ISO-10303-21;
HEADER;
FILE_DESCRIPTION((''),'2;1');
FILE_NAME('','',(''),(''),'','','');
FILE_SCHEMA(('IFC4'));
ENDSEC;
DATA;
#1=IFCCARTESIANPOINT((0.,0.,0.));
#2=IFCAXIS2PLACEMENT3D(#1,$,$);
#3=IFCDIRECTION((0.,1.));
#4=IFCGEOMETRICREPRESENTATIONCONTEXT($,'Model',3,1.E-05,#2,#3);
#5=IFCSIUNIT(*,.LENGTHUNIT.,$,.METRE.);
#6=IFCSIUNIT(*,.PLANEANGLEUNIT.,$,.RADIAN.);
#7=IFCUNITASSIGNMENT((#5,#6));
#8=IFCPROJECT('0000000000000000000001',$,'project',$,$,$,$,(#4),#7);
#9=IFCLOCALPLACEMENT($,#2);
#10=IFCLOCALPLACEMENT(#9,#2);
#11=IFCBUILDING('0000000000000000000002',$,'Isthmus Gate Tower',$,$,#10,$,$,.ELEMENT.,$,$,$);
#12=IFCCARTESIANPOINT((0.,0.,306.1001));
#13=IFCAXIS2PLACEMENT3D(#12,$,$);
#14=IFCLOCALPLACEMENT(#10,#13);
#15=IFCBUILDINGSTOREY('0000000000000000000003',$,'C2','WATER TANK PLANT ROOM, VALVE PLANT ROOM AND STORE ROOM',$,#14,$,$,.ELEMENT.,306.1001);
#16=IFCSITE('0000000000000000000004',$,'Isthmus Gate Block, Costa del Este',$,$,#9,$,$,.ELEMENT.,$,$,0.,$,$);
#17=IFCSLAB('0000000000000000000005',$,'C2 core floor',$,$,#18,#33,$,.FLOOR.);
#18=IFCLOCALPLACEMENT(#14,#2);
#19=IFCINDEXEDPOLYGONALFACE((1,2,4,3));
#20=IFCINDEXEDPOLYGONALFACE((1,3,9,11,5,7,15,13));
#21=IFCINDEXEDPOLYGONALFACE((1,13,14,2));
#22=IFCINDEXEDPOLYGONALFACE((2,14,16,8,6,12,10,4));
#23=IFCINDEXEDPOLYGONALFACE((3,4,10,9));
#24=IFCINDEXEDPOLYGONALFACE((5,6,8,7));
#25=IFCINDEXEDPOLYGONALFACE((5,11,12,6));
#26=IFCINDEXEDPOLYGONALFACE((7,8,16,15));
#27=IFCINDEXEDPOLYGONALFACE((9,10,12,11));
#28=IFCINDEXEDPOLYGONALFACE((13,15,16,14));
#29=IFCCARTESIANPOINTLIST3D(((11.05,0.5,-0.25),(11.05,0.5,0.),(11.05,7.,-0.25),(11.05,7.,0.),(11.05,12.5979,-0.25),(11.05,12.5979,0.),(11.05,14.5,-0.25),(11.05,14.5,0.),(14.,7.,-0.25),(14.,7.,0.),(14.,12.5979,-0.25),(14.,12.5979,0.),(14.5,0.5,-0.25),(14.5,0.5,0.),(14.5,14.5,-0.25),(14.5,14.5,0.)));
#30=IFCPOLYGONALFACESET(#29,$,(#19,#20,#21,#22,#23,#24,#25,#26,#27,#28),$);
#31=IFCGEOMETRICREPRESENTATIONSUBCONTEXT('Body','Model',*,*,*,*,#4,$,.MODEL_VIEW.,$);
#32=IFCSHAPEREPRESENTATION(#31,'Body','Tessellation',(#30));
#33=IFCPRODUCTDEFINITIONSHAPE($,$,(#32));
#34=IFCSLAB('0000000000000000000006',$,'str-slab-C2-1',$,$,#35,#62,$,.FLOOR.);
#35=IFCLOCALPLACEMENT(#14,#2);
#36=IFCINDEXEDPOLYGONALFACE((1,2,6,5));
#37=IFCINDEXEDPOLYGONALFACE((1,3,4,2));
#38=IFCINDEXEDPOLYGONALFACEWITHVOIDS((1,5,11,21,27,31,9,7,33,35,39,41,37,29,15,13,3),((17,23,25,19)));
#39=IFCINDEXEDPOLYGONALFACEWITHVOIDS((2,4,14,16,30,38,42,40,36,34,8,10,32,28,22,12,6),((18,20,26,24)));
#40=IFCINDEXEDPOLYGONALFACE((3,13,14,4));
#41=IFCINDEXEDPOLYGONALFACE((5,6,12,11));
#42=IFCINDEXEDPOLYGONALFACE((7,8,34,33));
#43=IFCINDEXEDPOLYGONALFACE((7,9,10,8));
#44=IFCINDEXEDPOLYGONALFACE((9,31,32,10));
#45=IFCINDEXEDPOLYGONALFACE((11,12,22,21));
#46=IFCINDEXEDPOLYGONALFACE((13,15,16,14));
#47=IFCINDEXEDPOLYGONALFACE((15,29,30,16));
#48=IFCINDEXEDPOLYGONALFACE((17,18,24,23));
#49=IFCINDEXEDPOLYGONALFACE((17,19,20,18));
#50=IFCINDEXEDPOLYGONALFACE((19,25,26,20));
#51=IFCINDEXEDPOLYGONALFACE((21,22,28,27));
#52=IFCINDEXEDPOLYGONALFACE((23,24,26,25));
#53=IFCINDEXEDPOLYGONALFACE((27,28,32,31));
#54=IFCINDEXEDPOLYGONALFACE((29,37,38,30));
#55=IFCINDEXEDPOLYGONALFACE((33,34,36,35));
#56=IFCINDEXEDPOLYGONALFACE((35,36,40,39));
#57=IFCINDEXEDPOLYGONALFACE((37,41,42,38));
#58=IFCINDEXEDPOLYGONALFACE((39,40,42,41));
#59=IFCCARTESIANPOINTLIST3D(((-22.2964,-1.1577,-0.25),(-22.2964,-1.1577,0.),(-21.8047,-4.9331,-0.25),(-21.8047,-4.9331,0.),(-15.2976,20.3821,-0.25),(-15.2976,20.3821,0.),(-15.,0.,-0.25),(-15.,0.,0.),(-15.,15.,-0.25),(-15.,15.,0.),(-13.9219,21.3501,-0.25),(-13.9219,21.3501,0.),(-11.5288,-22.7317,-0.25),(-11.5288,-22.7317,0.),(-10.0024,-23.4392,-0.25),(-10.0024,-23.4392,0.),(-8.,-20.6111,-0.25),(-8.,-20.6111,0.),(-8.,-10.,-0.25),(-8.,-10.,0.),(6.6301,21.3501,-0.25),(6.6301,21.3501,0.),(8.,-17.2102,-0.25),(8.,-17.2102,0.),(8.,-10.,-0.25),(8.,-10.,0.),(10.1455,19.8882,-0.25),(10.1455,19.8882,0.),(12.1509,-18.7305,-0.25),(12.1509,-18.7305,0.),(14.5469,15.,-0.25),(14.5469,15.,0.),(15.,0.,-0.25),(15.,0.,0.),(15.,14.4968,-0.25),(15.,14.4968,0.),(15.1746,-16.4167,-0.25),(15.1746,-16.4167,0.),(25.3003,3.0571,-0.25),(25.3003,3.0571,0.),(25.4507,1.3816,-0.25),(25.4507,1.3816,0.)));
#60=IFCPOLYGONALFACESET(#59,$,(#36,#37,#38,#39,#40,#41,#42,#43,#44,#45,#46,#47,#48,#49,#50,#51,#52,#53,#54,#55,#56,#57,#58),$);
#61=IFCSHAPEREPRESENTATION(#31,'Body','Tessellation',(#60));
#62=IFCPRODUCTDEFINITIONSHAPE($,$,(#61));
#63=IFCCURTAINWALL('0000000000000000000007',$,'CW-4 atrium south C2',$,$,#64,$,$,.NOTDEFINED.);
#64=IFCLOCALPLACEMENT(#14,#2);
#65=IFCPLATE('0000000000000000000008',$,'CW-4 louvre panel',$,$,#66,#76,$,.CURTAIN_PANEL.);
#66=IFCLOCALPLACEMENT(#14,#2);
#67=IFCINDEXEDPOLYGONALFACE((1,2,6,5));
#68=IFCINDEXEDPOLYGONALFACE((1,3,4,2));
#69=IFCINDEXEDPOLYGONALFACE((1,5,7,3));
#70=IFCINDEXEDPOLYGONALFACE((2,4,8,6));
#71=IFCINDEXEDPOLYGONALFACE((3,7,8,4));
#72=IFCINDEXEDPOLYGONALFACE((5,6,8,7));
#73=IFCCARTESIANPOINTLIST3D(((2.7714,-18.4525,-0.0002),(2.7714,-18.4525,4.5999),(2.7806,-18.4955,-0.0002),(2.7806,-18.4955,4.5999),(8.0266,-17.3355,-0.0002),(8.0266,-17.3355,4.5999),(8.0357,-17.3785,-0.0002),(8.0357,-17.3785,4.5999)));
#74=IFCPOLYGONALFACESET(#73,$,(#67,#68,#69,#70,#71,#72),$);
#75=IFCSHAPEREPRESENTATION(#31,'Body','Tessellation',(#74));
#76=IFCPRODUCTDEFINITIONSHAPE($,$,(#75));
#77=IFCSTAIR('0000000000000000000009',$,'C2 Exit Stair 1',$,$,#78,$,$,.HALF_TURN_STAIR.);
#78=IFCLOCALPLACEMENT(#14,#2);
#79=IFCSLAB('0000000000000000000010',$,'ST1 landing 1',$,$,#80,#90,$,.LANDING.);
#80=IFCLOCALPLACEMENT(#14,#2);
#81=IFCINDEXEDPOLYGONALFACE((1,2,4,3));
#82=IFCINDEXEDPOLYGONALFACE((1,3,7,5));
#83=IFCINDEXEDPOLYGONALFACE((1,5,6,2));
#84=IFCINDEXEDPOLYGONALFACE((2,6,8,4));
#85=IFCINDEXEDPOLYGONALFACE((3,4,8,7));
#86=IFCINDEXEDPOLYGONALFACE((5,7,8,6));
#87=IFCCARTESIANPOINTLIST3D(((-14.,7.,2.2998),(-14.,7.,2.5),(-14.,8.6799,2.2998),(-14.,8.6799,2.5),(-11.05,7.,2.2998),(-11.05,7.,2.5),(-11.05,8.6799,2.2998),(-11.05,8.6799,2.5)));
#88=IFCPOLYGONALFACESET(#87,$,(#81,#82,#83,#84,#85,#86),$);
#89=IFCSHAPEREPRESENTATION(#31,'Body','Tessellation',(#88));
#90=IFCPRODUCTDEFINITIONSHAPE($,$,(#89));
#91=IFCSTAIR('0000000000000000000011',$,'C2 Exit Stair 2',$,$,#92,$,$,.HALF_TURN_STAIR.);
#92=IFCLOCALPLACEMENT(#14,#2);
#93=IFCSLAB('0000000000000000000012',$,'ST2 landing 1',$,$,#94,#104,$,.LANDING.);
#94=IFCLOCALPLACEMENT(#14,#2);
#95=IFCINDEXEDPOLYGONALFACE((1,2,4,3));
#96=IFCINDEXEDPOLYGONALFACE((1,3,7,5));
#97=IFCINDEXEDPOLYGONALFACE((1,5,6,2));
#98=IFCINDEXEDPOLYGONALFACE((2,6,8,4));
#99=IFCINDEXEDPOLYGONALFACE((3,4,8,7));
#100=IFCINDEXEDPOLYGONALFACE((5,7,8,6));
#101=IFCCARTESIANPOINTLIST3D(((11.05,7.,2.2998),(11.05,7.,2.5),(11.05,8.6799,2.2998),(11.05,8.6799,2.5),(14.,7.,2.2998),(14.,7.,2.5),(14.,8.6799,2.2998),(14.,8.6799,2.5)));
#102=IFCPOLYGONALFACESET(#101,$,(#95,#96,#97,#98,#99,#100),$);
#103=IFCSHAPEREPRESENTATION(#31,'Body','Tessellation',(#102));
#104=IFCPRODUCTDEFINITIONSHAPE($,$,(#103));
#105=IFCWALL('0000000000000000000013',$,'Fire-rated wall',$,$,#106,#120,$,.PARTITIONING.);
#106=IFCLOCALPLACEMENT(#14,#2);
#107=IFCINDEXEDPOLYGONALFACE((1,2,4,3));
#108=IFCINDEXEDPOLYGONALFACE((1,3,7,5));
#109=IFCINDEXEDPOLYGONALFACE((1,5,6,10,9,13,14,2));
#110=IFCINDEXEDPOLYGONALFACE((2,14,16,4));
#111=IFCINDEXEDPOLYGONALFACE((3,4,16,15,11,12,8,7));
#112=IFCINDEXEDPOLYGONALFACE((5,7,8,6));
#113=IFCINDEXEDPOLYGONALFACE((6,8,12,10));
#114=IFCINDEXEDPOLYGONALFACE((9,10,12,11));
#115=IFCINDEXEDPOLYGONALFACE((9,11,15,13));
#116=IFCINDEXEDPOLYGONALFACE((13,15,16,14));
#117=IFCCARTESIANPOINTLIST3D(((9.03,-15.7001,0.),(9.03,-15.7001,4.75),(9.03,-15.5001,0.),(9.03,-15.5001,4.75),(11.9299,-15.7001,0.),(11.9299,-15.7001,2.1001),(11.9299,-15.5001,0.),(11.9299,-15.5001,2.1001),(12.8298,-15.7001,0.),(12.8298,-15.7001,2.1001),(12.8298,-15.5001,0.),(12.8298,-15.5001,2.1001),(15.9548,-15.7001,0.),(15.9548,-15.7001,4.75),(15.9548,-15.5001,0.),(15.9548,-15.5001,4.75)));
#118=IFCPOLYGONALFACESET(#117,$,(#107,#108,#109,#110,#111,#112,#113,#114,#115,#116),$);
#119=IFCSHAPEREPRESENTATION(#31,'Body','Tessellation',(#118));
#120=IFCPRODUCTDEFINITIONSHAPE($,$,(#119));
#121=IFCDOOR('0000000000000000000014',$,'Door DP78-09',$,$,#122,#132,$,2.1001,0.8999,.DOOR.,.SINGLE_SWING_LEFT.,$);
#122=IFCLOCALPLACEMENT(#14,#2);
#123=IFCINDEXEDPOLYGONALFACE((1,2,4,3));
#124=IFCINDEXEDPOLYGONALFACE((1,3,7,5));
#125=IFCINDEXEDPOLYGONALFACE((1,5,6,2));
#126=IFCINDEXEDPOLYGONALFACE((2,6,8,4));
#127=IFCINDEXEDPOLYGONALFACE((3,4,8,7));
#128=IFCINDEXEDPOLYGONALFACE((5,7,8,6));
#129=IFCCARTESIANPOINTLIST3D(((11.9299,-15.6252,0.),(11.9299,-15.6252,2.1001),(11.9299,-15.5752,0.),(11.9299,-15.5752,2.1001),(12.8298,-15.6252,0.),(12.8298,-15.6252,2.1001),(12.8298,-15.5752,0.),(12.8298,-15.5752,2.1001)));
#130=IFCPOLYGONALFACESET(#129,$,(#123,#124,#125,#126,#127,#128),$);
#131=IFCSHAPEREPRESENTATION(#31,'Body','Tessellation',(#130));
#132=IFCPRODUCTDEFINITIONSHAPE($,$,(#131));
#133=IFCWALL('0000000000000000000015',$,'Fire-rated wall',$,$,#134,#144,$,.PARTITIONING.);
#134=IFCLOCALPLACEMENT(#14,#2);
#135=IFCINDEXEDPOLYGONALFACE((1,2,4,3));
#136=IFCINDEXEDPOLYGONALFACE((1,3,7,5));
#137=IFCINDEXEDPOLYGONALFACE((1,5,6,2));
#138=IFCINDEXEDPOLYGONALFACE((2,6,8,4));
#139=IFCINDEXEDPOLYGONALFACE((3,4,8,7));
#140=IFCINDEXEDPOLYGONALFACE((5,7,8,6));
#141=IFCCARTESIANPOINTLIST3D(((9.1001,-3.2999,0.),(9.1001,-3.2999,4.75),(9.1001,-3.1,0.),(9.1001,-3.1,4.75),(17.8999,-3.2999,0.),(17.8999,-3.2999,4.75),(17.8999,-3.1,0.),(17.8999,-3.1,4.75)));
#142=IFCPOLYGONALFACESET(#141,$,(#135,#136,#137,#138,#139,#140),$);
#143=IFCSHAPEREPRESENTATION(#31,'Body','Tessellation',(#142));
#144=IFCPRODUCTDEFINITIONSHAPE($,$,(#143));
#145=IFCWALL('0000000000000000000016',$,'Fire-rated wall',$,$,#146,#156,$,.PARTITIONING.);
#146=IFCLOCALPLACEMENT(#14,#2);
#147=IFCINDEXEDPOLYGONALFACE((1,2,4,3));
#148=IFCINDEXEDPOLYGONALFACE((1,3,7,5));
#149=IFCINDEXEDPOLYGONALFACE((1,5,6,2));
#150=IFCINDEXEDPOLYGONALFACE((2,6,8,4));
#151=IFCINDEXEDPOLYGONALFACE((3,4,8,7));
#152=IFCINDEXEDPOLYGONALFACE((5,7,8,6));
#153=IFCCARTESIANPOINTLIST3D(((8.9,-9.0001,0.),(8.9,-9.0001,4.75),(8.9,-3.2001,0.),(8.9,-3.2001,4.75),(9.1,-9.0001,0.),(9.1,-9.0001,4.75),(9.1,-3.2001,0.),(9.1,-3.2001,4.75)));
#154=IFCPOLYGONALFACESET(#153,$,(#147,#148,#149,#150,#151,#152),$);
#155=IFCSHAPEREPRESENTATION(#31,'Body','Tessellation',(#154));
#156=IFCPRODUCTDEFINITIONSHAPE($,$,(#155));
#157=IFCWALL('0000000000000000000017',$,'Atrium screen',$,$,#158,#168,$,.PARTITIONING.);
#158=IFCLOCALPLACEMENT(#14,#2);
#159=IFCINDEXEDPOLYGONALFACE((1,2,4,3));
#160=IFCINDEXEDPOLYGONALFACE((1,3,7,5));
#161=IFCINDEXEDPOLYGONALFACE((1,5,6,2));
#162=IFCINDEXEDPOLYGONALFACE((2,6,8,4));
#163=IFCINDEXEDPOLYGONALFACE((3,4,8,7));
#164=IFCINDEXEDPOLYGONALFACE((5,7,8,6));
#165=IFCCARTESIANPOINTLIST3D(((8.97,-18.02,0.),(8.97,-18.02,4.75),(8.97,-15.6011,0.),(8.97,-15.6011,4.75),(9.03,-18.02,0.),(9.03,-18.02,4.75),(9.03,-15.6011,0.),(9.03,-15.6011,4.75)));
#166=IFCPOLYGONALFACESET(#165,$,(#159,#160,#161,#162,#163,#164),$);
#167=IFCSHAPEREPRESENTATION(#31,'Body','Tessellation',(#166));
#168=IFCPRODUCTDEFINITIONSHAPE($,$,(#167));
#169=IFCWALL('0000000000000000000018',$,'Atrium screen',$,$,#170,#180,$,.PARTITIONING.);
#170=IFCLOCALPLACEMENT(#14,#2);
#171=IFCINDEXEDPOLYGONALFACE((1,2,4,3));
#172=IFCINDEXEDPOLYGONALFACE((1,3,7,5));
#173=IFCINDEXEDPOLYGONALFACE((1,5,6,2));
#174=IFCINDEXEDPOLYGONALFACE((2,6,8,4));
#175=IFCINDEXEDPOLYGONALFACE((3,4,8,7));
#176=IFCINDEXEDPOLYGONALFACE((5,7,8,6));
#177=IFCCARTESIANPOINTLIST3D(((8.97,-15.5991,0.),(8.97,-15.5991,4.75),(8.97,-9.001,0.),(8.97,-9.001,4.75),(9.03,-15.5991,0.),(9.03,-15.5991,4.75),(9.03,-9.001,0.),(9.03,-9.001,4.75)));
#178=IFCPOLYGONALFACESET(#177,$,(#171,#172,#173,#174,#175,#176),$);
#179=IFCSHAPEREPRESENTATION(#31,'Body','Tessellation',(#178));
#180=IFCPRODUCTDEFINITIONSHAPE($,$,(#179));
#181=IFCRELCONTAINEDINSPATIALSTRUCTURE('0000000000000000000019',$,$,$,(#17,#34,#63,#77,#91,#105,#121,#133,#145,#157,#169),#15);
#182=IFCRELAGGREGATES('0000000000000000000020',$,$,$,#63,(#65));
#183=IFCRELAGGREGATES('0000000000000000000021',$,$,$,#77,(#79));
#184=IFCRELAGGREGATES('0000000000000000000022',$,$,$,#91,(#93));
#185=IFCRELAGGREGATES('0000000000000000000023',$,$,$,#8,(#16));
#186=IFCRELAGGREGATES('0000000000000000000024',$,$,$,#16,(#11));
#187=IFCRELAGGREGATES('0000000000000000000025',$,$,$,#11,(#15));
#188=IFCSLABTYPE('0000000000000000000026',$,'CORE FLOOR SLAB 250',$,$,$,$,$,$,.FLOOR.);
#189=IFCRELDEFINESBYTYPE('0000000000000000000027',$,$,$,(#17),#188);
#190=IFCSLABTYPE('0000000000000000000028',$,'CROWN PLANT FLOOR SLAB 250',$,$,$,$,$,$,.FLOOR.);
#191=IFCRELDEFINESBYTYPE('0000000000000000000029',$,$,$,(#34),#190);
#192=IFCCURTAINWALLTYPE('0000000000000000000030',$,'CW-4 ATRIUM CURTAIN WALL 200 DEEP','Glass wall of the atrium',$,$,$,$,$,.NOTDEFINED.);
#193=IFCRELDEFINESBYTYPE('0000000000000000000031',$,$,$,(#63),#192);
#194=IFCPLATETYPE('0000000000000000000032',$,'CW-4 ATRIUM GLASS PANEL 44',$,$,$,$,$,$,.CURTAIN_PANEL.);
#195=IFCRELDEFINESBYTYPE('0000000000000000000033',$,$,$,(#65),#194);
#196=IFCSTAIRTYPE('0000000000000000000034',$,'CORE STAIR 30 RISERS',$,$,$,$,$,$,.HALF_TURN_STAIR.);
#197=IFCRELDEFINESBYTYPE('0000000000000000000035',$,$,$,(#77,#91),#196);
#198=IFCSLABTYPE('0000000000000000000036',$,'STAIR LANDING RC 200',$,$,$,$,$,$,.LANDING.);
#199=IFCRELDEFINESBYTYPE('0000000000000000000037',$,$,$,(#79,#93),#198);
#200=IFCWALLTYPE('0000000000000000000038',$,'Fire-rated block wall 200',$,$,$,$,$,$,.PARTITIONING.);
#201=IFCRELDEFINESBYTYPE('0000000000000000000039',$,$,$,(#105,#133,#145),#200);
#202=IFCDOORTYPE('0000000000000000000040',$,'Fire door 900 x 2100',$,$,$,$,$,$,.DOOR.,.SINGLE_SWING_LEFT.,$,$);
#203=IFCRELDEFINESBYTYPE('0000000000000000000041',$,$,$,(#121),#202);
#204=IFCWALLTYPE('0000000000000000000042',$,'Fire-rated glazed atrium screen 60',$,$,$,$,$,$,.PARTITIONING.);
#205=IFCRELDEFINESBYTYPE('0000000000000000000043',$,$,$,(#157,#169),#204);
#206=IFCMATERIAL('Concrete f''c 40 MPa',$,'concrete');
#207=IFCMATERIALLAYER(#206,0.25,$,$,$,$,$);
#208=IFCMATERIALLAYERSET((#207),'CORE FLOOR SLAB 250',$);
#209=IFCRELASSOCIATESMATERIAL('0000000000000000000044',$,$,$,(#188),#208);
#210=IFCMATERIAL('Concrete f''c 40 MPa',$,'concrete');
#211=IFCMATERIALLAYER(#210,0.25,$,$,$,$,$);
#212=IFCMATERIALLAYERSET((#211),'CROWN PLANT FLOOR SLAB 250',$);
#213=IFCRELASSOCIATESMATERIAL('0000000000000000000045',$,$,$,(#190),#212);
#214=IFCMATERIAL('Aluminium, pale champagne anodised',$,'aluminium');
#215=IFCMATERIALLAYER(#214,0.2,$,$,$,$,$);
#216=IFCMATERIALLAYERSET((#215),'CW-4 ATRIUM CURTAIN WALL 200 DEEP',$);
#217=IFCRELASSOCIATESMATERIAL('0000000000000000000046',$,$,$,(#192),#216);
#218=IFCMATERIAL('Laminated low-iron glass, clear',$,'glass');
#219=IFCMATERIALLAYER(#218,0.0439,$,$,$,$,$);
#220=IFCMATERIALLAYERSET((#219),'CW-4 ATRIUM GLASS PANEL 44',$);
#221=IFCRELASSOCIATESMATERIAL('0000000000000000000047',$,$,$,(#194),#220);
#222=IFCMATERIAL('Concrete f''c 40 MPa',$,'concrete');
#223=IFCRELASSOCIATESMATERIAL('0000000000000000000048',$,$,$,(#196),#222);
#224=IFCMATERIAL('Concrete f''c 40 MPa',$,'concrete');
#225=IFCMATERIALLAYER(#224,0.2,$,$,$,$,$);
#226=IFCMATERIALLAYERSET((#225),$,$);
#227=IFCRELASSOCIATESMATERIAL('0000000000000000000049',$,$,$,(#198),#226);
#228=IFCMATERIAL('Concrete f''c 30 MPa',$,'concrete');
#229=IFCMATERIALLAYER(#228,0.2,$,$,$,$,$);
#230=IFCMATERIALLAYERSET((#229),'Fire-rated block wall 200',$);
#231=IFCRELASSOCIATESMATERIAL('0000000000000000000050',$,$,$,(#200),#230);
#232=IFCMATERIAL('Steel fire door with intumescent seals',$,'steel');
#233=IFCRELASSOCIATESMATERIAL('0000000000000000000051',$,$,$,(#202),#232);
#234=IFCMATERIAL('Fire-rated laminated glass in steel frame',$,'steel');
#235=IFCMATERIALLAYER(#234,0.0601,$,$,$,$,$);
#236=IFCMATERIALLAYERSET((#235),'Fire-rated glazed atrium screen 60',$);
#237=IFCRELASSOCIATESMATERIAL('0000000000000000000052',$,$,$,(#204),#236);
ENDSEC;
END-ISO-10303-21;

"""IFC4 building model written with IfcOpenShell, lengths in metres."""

from ifc_helpers import new_model, si_unit, direction, frame, frame_2d, origin, origin_2d, place, context, subcontext, project, spatial, polyline, rectangle, outline, extrude, material, layer, layer_set, type_object, element, fill, aggregate, save


model = new_model("IFC4")

# Units and contexts
model_context = context("Model", 3, precision=1e-05, world=origin(), true_north=direction((0.0, 1.0)))
body_context = subcontext(model_context, "Body", "Model", "MODEL_VIEW")
ifc_project = project(units=[si_unit("LENGTHUNIT", "METRE"), si_unit("PLANEANGLEUNIT", "RADIAN")], contexts=[model_context])

# Site, building, storey
site_placement = place(None, origin())
site = spatial("IfcSite", under=ifc_project, at=site_placement, Name="Isthmus Gate Block, Costa del Este", CompositionType="ELEMENT", RefElevation=0.0)
building_placement = place(site_placement, origin())
building = spatial("IfcBuilding", under=site, at=building_placement, Name="Isthmus Gate Tower", CompositionType="ELEMENT")
storey_placement = place(building_placement, frame((0.0, 0.0, 306.1001)))
storey = spatial("IfcBuildingStorey", under=building, at=storey_placement, Name="C2", Description="WATER TANK PLANT ROOM, VALVE PLANT ROOM AND STORE ROOM", CompositionType="ELEMENT", Elevation=306.1001)

# Slabs
ifc_material_1 = material(Name="Concrete f'c 40 MPa", Category="concrete")
ifc_layer_1 = layer(ifc_material_1, 0.25)
ifc_layer_set_1 = layer_set([ifc_layer_1], Name="CORE FLOOR SLAB 250")
slab_type_1 = type_object("IfcSlabType", Name="CORE FLOOR SLAB 250", PredefinedType="FLOOR", material=ifc_layer_set_1)
slab_1_placement = place(storey_placement, frame((0.0, 0.0, -0.25)))
element("IfcSlab", 1, at=slab_1_placement, inside=storey, type_object=slab_type_1, Name="C2 core floor", PredefinedType="FLOOR", context=body_context, shape_type="SweptSolid", body=[
    extrude(outline(polyline([(11.05, 14.5), (11.05, 12.5979), (14.0, 12.5979), (14.0, 7.0), (11.05, 7.0), (11.05, 0.5), (14.5, 0.5), (14.5, 14.5), (11.05, 14.5)])), origin(), (0.0, 0.0, 1.0), 0.25),
])
ifc_material_2 = material(Name="Concrete f'c 40 MPa", Category="concrete")
ifc_layer_2 = layer(ifc_material_2, 0.25)
ifc_layer_set_2 = layer_set([ifc_layer_2], Name="CROWN PLANT FLOOR SLAB 250")
slab_type_2 = type_object("IfcSlabType", Name="CROWN PLANT FLOOR SLAB 250", PredefinedType="FLOOR", material=ifc_layer_set_2)
slab_2_placement = place(storey_placement, frame((0.0, 0.0, -0.25)))
element("IfcSlab", 2, at=slab_2_placement, inside=storey, type_object=slab_type_2, Name="str-slab-C2-1", PredefinedType="FLOOR", context=body_context, shape_type="SweptSolid", body=[
    extrude(outline(polyline([(10.1455, 19.8882), (14.5469, 15.0), (-15.0, 15.0), (-15.0, 0.0), (15.0, 0.0), (15.0, 14.4968), (25.3003, 3.0571), (25.4507, 1.3816), (15.1746, -16.4167), (12.1509, -18.7305), (-10.0024, -23.4392), (-11.5288, -22.7317), (-21.8047, -4.9331), (-22.2964, -1.1577), (-15.2976, 20.3821), (-13.9219, 21.3501), (6.6301, 21.3501), (10.1455, 19.8882)]), holes=[polyline([(-8.0, -20.6111), (8.0, -17.2102), (8.0, -10.0), (-8.0, -10.0), (-8.0, -20.6111)])]), origin(), (0.0, 0.0, 1.0), 0.25),
])

# Curtain wall, plate
ifc_material_3 = material(Name="Aluminium, pale champagne anodised", Category="aluminium")
ifc_layer_3 = layer(ifc_material_3, 0.2)
ifc_layer_set_3 = layer_set([ifc_layer_3], Name="CW-4 ATRIUM CURTAIN WALL 200 DEEP")
curtain_wall_type = type_object("IfcCurtainWallType", Name="CW-4 ATRIUM CURTAIN WALL 200 DEEP", Description="Glass wall of the atrium", PredefinedType="NOTDEFINED", material=ifc_layer_set_3)
curtain_wall_placement = place(storey_placement, origin())
curtain_wall = element("IfcCurtainWall", 3, at=curtain_wall_placement, inside=storey, type_object=curtain_wall_type, Name="CW-4 atrium south C2", PredefinedType="NOTDEFINED")
ifc_material_4 = material(Name="Laminated low-iron glass, clear", Category="glass")
ifc_layer_4 = layer(ifc_material_4, 0.0439)
ifc_layer_set_4 = layer_set([ifc_layer_4], Name="CW-4 ATRIUM GLASS PANEL 44")
plate_type = type_object("IfcPlateType", Name="CW-4 ATRIUM GLASS PANEL 44", PredefinedType="CURTAIN_PANEL", material=ifc_layer_set_4)
plate_placement = place(storey_placement, frame((5.4036, -17.9155, -0.0002), z_axis=(0.0, 0.0, 1.0), x_axis=(0.978148, 0.207912, 0.0)))
plate = element("IfcPlate", 4, at=plate_placement, type_object=plate_type, Name="CW-4 louvre panel", PredefinedType="CURTAIN_PANEL", context=body_context, shape_type="SweptSolid", body=[
    extrude(rectangle(XDim=5.3726, YDim=0.0439, at=origin_2d()), origin(), (0.0, 0.0, 1.0), 4.6001),
])
aggregate(curtain_wall, [plate])

# Stairs, slabs
ifc_material_5 = material(Name="Concrete f'c 40 MPa", Category="concrete")
stair_type = type_object("IfcStairType", Name="CORE STAIR 30 RISERS", PredefinedType="HALF_TURN_STAIR", material=ifc_material_5)
stair_1_placement = place(storey_placement, origin())
stair_1 = element("IfcStair", 5, at=stair_1_placement, inside=storey, type_object=stair_type, Name="C2 Exit Stair 1", PredefinedType="HALF_TURN_STAIR")
ifc_material_6 = material(Name="Concrete f'c 40 MPa", Category="concrete")
ifc_layer_5 = layer(ifc_material_6, 0.2)
ifc_layer_set_5 = layer_set([ifc_layer_5])
slab_type_3 = type_object("IfcSlabType", Name="STAIR LANDING RC 200", PredefinedType="LANDING", material=ifc_layer_set_5)
slab_3_placement = place(storey_placement, frame((0.0, 0.0, 2.2998)))
slab_3 = element("IfcSlab", 6, at=slab_3_placement, type_object=slab_type_3, Name="ST1 landing 1", PredefinedType="LANDING", context=body_context, shape_type="SweptSolid", body=[
    extrude(outline(polyline([(-14.0, 8.6799), (-14.0, 7.0), (-11.05, 7.0), (-11.05, 8.6799), (-14.0, 8.6799)])), origin(), (0.0, 0.0, 1.0), 0.2002),
])
aggregate(stair_1, [slab_3])
stair_2_placement = place(storey_placement, origin())
stair_2 = element("IfcStair", 7, at=stair_2_placement, inside=storey, type_object=stair_type, Name="C2 Exit Stair 2", PredefinedType="HALF_TURN_STAIR")
slab_4_placement = place(storey_placement, frame((0.0, 0.0, 2.2998)))
slab_4 = element("IfcSlab", 8, at=slab_4_placement, type_object=slab_type_3, Name="ST2 landing 1", PredefinedType="LANDING", context=body_context, shape_type="SweptSolid", body=[
    extrude(outline(polyline([(11.05, 8.6799), (11.05, 7.0), (14.0, 7.0), (14.0, 8.6799), (11.05, 8.6799)])), origin(), (0.0, 0.0, 1.0), 0.2002),
])
aggregate(stair_2, [slab_4])

# Wall, opening, door
ifc_material_7 = material(Name="Concrete f'c 30 MPa", Category="concrete")
ifc_layer_6 = layer(ifc_material_7, 0.2)
ifc_layer_set_6 = layer_set([ifc_layer_6], Name="Fire-rated block wall 200")
wall_type_1 = type_object("IfcWallType", Name="Fire-rated block wall 200", PredefinedType="PARTITIONING", material=ifc_layer_set_6)
wall_1_placement = place(storey_placement, frame((9.03, -15.6001, 0.0), z_axis=(0.0, 0.0, 1.0), x_axis=(1.0, 0.0, 0.0)))
wall_1 = element("IfcWall", 9, at=wall_1_placement, inside=storey, type_object=wall_type_1, Name="Fire-rated wall", PredefinedType="PARTITIONING", context=body_context, shape_type="SweptSolid", body=[
    extrude(rectangle(XDim=6.9248, YDim=0.2, at=frame_2d((3.4624, 0.0))), origin(), (0.0, 0.0, 1.0), 4.75),
])
opening_placement = place(wall_1_placement, frame((2.8999, 0.0, 0.0)))
opening = element("IfcOpeningElement", 10, at=opening_placement, cuts=wall_1, PredefinedType="OPENING", context=body_context, shape_type="SweptSolid", body=[
    extrude(rectangle(XDim=0.8999, YDim=2.1001, at=frame_2d((0.45, 1.05))), frame((0.0, 0.1099, 0.0), z_axis=(0.0, -1.0, 0.0), x_axis=(1.0, 0.0, 0.0)), (0.0, 0.0, 1.0), 0.22),
])
ifc_material_8 = material(Name="Steel fire door with intumescent seals", Category="steel")
door_type = type_object("IfcDoorType", Name="Fire door 900 x 2100", OperationType="SINGLE_SWING_LEFT", PredefinedType="DOOR", material=ifc_material_8)
door_placement = place(opening_placement, origin())
door = element("IfcDoor", 11, at=door_placement, inside=storey, type_object=door_type, Name="Door DP78-09", OperationType="SINGLE_SWING_LEFT", OverallHeight=2.1001, OverallWidth=0.8999, PredefinedType="DOOR", context=body_context, shape_type="SweptSolid", body=[
    extrude(rectangle(XDim=0.8999, YDim=2.1001, at=frame_2d((0.45, 1.05))), frame((0.0, 0.0249, 0.0), z_axis=(0.0, -1.0, 0.0), x_axis=(1.0, 0.0, 0.0)), (0.0, 0.0, 1.0), 0.05),
])
fill(opening, door)

# Walls
wall_2_placement = place(storey_placement, frame((9.1001, -3.2, 0.0), z_axis=(0.0, 0.0, 1.0), x_axis=(1.0, 0.0, 0.0)))
element("IfcWall", 12, at=wall_2_placement, inside=storey, type_object=wall_type_1, Name="Fire-rated wall", PredefinedType="PARTITIONING", context=body_context, shape_type="SweptSolid", body=[
    extrude(rectangle(XDim=8.7998, YDim=0.2, at=frame_2d((4.3999, 0.0))), origin(), (0.0, 0.0, 1.0), 4.75),
])
wall_3_placement = place(storey_placement, frame((9.0, -9.0, 0.0), z_axis=(0.0, 0.0, 1.0), x_axis=(0.0, 1.0, 0.0)))
element("IfcWall", 13, at=wall_3_placement, inside=storey, type_object=wall_type_1, Name="Fire-rated wall", PredefinedType="PARTITIONING", context=body_context, shape_type="SweptSolid", body=[
    extrude(rectangle(XDim=5.8, YDim=0.2, at=frame_2d((2.8999, 0.0))), origin(), (0.0, 0.0, 1.0), 4.75),
])
ifc_material_9 = material(Name="Fire-rated laminated glass in steel frame", Category="steel")
ifc_layer_7 = layer(ifc_material_9, 0.0601)
ifc_layer_set_7 = layer_set([ifc_layer_7], Name="Fire-rated glazed atrium screen 60")
wall_type_2 = type_object("IfcWallType", Name="Fire-rated glazed atrium screen 60", PredefinedType="PARTITIONING", material=ifc_layer_set_7)
wall_4_placement = place(storey_placement, frame((9.0, -18.02, 0.0), z_axis=(0.0, 0.0, 1.0), x_axis=(0.0, 1.0, 0.0)))
element("IfcWall", 14, at=wall_4_placement, inside=storey, type_object=wall_type_2, Name="Atrium screen", PredefinedType="PARTITIONING", context=body_context, shape_type="SweptSolid", body=[
    extrude(rectangle(XDim=2.4189, YDim=0.0601, at=frame_2d((1.2095, 0.0))), origin(), (0.0, 0.0, 1.0), 4.75),
])
wall_5_placement = place(storey_placement, frame((9.0, -15.5991, 0.0), z_axis=(0.0, 0.0, 1.0), x_axis=(0.0, 1.0, 0.0)))
element("IfcWall", 15, at=wall_5_placement, inside=storey, type_object=wall_type_2, Name="Atrium screen", PredefinedType="PARTITIONING", context=body_context, shape_type="SweptSolid", body=[
    extrude(rectangle(XDim=6.5981, YDim=0.0601, at=frame_2d((3.2991, 0.0))), origin(), (0.0, 0.0, 1.0), 4.75),
])

save(model, "model.ifc")
